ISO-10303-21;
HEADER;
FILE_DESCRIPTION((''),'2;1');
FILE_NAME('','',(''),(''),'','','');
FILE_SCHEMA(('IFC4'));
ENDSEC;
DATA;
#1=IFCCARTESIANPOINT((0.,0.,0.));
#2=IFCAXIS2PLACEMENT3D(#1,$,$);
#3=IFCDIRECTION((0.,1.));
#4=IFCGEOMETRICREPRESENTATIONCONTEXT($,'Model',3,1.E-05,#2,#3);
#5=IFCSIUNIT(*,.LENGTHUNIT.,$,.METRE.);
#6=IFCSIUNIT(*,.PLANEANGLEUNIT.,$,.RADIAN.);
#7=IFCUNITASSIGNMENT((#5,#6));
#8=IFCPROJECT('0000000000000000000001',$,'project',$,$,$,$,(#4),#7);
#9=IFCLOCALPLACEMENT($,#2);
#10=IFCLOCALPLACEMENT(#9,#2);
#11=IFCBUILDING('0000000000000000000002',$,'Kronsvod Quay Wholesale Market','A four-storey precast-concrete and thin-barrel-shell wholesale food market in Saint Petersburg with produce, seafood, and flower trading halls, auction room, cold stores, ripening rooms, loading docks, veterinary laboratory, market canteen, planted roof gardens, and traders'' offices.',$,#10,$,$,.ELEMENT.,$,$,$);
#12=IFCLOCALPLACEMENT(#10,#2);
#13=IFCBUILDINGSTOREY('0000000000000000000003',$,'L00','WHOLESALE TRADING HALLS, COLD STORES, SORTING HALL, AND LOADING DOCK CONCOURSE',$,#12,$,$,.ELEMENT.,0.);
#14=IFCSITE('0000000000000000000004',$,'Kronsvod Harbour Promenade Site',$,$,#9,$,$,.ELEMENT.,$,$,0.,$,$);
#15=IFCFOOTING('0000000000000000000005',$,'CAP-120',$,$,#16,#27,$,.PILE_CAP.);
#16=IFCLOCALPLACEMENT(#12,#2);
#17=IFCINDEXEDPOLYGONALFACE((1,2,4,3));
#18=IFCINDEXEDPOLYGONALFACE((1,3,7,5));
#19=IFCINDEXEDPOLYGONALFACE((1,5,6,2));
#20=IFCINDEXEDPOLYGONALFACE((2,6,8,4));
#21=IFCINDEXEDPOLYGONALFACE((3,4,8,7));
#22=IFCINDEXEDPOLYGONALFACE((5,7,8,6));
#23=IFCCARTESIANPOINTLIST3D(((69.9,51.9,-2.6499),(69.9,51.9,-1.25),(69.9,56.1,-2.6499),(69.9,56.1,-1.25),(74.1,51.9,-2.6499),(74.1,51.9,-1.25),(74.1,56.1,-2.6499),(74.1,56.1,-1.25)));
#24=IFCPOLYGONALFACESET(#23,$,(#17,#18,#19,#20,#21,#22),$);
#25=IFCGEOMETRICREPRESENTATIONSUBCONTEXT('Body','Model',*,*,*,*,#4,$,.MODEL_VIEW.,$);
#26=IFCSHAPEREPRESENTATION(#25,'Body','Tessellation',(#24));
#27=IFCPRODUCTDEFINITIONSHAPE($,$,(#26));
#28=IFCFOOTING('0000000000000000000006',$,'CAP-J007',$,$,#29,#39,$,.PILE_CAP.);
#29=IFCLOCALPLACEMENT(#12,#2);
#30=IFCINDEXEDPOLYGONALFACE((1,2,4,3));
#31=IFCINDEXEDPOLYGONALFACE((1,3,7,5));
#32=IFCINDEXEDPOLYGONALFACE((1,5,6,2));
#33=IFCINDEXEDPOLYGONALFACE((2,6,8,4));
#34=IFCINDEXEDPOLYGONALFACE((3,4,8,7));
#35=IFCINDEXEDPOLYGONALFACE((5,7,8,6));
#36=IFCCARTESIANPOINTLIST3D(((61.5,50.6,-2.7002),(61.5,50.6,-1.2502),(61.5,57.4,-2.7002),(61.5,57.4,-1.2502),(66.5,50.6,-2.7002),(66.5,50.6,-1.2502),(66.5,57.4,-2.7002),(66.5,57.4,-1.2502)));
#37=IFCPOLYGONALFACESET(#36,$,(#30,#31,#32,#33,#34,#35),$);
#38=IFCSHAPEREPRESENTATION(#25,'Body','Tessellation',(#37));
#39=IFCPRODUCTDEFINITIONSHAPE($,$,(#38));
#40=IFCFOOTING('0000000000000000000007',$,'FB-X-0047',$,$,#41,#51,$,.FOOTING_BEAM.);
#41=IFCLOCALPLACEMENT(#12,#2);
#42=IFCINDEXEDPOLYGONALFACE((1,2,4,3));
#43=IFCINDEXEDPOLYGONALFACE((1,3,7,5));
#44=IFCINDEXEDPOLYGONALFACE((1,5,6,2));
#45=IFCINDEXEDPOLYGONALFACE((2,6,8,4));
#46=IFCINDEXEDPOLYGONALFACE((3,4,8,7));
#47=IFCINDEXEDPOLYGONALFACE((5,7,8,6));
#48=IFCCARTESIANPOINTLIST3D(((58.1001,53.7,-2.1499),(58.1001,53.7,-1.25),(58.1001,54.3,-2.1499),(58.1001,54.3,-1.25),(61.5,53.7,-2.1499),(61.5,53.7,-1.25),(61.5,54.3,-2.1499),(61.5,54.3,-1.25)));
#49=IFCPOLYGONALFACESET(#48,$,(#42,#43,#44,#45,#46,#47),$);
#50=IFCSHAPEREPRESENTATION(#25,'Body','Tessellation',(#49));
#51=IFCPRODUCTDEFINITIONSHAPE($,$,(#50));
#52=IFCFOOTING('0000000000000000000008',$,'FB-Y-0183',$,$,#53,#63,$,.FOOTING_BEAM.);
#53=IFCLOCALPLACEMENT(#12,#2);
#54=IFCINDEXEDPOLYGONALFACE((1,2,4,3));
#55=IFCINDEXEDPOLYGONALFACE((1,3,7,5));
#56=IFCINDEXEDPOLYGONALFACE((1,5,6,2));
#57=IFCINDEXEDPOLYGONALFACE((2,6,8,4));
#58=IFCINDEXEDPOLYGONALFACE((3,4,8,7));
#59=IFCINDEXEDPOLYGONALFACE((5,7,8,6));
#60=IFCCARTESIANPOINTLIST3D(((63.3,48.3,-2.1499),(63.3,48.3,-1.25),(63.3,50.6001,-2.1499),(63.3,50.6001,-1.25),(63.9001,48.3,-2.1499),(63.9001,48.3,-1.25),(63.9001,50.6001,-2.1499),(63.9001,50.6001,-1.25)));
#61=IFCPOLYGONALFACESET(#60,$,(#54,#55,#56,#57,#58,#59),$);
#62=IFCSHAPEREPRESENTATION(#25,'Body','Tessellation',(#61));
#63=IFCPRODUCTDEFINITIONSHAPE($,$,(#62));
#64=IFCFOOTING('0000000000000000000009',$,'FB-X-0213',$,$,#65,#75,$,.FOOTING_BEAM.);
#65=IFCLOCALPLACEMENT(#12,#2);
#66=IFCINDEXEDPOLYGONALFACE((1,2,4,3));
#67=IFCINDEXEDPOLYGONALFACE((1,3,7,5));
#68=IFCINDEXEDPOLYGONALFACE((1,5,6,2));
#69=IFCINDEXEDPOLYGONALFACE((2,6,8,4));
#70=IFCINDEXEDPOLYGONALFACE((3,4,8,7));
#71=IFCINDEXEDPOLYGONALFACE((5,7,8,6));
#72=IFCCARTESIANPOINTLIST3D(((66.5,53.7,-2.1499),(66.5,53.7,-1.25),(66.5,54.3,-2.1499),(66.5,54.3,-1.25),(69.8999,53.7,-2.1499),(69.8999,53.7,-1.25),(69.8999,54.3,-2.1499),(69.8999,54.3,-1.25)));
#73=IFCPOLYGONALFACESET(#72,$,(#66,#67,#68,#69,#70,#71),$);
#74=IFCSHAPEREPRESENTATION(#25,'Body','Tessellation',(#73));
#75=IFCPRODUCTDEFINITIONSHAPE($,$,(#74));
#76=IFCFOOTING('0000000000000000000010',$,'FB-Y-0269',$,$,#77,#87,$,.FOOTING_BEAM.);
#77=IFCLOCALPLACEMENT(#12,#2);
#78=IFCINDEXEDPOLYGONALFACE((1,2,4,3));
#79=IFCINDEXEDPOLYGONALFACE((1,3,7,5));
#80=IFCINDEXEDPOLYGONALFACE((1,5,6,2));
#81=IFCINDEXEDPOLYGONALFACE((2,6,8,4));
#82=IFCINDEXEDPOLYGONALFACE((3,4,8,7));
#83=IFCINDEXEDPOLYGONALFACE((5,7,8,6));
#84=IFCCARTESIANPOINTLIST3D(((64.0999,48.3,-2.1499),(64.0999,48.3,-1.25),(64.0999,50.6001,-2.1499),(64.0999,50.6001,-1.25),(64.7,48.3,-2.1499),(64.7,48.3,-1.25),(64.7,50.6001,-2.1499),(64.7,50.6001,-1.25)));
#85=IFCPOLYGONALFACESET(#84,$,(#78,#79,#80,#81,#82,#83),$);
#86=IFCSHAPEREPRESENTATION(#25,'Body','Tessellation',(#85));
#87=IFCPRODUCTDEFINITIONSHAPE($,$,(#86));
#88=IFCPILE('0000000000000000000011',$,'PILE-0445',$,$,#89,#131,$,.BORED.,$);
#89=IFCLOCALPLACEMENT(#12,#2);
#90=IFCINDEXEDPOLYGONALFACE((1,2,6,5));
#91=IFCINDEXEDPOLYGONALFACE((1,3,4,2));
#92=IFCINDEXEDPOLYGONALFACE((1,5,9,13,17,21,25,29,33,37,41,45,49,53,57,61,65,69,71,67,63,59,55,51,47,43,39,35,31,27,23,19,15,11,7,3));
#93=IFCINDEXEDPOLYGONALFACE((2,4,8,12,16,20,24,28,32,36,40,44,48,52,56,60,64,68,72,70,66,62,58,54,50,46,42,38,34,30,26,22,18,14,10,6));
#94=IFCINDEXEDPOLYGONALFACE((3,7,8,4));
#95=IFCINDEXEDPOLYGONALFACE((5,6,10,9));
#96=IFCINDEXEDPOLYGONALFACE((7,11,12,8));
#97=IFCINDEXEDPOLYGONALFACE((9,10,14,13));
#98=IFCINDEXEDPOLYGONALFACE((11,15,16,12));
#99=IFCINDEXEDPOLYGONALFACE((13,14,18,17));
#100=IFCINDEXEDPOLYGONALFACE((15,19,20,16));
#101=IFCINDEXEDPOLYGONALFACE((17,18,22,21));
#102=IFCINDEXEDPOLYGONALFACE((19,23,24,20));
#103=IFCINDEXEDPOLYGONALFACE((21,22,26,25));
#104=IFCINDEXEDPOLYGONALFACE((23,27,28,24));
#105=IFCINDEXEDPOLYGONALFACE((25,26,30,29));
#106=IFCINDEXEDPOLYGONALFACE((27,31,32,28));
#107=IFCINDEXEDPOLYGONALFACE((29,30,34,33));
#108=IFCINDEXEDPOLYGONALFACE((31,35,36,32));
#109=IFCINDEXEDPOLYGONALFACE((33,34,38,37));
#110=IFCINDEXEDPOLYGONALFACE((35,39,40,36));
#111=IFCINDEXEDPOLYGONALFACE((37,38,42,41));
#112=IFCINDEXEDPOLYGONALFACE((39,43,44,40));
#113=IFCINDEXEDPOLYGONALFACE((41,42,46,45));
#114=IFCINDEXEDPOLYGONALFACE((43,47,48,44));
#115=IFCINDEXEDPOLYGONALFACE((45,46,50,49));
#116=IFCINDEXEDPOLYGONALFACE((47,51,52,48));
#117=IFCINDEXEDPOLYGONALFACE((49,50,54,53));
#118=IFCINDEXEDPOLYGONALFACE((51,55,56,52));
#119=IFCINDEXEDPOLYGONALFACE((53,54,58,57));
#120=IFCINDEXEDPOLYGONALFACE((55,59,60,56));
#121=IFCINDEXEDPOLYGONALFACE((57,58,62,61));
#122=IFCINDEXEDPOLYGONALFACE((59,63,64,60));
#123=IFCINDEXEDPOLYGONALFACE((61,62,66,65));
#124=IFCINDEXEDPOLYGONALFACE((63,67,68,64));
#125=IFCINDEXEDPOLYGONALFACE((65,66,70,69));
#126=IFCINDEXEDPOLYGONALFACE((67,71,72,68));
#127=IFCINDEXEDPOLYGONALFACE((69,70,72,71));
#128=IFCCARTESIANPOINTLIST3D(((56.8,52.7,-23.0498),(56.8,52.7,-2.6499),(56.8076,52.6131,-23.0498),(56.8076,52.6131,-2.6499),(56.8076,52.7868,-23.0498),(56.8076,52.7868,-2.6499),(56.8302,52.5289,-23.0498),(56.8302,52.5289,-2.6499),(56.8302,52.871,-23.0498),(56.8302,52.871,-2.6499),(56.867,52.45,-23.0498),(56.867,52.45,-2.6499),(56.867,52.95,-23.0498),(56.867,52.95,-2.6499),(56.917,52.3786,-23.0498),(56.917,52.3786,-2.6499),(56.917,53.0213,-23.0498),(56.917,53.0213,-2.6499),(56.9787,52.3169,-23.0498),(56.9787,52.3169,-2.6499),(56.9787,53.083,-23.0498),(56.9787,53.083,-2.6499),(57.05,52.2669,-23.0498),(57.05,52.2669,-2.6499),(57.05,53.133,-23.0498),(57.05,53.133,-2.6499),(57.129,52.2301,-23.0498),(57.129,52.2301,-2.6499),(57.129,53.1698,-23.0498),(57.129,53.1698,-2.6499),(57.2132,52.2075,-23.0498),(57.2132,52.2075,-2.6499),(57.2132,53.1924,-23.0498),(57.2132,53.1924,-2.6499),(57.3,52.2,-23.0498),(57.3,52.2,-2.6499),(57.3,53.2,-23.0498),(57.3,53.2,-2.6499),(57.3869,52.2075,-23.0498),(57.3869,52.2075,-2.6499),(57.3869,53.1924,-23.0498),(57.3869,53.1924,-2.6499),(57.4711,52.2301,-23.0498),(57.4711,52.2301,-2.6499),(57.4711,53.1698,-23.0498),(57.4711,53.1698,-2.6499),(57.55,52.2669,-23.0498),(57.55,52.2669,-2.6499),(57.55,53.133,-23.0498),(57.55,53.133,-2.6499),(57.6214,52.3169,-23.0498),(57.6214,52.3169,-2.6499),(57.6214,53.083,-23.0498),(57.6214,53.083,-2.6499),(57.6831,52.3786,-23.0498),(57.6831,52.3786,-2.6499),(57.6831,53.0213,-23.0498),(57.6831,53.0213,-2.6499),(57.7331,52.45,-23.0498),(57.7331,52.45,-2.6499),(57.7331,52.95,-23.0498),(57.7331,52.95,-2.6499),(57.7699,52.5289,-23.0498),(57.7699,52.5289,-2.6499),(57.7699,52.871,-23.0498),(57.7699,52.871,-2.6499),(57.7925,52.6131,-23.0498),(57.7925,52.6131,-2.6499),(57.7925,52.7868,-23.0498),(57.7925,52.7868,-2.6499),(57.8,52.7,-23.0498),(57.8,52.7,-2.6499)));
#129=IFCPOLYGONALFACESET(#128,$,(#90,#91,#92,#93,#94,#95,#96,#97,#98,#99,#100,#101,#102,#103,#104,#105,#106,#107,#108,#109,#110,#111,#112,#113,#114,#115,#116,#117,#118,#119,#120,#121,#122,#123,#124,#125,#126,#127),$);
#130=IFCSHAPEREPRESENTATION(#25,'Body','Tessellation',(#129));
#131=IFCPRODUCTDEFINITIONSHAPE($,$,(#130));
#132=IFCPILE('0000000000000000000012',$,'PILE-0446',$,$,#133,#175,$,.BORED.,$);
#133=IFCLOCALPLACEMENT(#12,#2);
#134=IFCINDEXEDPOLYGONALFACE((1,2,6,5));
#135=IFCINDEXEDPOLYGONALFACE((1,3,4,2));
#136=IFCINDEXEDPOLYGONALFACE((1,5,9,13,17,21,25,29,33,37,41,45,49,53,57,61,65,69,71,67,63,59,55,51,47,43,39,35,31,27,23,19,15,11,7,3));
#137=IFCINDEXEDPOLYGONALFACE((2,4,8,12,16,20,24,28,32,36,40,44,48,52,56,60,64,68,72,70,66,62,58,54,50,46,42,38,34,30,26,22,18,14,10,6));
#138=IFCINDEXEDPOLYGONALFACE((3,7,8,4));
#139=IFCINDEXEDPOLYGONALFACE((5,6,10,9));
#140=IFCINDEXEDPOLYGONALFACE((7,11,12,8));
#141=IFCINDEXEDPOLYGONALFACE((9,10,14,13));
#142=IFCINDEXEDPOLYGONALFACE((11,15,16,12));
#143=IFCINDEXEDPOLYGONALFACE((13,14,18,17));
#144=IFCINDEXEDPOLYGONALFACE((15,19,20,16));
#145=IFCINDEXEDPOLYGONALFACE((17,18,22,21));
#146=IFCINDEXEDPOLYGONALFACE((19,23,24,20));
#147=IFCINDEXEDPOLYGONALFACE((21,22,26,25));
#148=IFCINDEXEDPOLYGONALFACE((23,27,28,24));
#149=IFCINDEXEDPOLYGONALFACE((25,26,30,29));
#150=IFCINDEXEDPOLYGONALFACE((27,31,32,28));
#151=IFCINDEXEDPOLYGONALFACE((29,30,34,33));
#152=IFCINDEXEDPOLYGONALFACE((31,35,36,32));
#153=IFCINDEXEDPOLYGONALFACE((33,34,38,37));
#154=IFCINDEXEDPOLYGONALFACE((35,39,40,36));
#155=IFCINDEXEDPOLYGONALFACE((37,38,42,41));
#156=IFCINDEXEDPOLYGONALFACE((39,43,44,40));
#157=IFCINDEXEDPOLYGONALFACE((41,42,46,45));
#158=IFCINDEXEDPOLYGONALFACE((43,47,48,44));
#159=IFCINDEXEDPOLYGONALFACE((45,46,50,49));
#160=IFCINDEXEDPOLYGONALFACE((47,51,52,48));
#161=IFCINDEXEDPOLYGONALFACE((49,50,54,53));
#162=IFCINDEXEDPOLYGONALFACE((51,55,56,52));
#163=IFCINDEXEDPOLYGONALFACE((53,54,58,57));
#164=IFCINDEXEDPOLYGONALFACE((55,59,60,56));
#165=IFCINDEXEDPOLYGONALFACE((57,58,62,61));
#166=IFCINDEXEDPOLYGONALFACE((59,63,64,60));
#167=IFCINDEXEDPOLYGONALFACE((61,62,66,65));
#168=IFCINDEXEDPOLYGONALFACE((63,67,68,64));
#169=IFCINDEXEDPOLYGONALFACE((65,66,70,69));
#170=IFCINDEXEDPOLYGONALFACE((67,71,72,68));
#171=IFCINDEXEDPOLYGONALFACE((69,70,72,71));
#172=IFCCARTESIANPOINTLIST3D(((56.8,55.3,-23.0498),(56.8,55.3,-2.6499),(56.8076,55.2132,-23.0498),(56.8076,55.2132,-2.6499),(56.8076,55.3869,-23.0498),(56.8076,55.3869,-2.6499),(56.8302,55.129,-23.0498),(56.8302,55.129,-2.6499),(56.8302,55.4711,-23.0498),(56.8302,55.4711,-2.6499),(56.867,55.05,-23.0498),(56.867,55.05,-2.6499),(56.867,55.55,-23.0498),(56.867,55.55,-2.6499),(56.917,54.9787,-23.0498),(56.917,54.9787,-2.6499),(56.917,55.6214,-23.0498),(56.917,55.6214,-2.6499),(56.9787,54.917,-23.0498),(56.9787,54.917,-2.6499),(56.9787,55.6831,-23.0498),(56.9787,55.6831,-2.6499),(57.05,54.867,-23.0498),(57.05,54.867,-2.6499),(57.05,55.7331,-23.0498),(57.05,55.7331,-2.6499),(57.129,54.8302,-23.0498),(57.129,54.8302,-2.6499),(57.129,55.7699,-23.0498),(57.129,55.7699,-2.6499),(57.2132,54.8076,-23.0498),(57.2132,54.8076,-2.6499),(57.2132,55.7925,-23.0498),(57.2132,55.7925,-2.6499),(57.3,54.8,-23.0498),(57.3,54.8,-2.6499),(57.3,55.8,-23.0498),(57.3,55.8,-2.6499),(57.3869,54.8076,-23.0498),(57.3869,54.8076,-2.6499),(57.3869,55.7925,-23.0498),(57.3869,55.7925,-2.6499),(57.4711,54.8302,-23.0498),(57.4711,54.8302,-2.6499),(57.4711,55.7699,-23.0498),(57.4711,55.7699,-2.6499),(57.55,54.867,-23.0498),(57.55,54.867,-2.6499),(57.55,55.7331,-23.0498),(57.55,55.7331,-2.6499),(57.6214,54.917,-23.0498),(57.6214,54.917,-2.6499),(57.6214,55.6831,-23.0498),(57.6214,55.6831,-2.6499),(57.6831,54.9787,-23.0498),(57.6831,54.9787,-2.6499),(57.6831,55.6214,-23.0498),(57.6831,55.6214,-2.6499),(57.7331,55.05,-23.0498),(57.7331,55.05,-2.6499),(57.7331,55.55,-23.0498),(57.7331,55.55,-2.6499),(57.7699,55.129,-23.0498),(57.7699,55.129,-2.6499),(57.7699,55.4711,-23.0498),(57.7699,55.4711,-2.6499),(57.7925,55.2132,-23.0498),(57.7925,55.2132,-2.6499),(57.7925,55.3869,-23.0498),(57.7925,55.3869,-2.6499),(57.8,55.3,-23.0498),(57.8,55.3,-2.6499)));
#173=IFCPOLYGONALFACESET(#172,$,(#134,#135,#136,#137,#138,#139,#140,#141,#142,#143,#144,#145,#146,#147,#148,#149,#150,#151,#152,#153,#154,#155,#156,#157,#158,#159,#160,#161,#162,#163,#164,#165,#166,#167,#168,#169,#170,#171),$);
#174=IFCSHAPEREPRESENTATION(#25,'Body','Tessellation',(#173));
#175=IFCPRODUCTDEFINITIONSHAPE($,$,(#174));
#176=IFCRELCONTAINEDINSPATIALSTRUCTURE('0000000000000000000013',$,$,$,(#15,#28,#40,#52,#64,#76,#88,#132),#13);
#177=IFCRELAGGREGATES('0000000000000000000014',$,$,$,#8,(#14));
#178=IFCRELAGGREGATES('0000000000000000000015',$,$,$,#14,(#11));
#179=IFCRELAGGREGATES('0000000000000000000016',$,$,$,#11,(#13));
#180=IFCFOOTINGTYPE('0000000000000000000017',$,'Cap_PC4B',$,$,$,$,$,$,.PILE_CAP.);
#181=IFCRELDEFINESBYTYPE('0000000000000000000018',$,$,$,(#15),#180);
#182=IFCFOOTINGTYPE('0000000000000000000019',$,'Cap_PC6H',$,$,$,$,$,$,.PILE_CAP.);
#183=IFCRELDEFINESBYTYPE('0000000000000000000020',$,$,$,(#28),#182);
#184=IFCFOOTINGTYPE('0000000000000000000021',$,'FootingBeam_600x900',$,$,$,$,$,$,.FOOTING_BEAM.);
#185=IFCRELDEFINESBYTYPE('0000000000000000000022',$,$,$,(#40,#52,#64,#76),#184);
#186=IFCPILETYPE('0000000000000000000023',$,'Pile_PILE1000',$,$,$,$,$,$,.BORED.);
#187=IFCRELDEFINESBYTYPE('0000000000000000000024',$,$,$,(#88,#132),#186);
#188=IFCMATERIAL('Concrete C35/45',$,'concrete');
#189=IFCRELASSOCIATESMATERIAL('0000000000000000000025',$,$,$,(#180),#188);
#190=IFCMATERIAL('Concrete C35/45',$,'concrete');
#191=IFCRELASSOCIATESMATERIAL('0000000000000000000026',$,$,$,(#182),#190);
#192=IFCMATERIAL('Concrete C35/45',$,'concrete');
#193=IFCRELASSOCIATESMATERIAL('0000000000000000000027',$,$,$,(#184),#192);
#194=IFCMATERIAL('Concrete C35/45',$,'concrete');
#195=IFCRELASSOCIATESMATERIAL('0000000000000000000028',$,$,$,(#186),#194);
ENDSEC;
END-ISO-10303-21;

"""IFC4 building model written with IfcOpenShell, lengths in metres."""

from ifc_helpers import new_model, si_unit, direction, frame, origin, origin_2d, place, context, subcontext, project, spatial, rectangle, circle, extrude, material, material_profile, profile_set, type_object, element, save


model = new_model("IFC4")

# Units and contexts
model_context = context("Model", 3, precision=1e-05, world=origin(), true_north=direction((0.0, 1.0)))
body_context = subcontext(model_context, "Body", "Model", "MODEL_VIEW")
ifc_project = project(units=[si_unit("LENGTHUNIT", "METRE"), si_unit("PLANEANGLEUNIT", "RADIAN")], contexts=[model_context])

# Site, building, storey
site_placement = place(None, origin())
site = spatial("IfcSite", under=ifc_project, at=site_placement, Name="Kronsvod Harbour Promenade Site", CompositionType="ELEMENT", RefElevation=0.0)
building_placement = place(site_placement, origin())
building = spatial("IfcBuilding", under=site, at=building_placement, Name="Kronsvod Quay Wholesale Market", Description="A four-storey precast-concrete and thin-barrel-shell wholesale food market in Saint Petersburg with produce, seafood, and flower trading halls, auction room, cold stores, ripening rooms, loading docks, veterinary laboratory, market canteen, planted roof gardens, and traders' offices.", CompositionType="ELEMENT")
storey_placement = place(building_placement, origin())
storey = spatial("IfcBuildingStorey", under=building, at=storey_placement, Name="L00", Description="WHOLESALE TRADING HALLS, COLD STORES, SORTING HALL, AND LOADING DOCK CONCOURSE", CompositionType="ELEMENT", Elevation=0.0)

# Footings
ifc_material_1 = material(Name="Concrete C35/45", Category="concrete")
footing_type_1 = type_object("IfcFootingType", Name="Cap_PC4B", PredefinedType="PILE_CAP", material=ifc_material_1)
footing_1_placement = place(storey_placement, frame((72.0, 54.0, -2.6499), z_axis=(0.0, 0.0, 1.0), x_axis=(1.0, 0.0, 0.0)))
element("IfcFooting", 1, at=footing_1_placement, inside=storey, type_object=footing_type_1, Name="CAP-120", PredefinedType="PILE_CAP", context=body_context, shape_type="SweptSolid", body=[
    extrude(rectangle(XDim=4.2, YDim=4.2, at=origin_2d()), origin(), (0.0, 0.0, 1.0), 1.3999),
])
ifc_material_2 = material(Name="Concrete C35/45", Category="concrete")
footing_type_2 = type_object("IfcFootingType", Name="Cap_PC6H", PredefinedType="PILE_CAP", material=ifc_material_2)
footing_2_placement = place(storey_placement, frame((64.0, 54.0, -2.7002), z_axis=(0.0, 0.0, 1.0), x_axis=(1.0, 0.0, 0.0)))
element("IfcFooting", 2, at=footing_2_placement, inside=storey, type_object=footing_type_2, Name="CAP-J007", PredefinedType="PILE_CAP", context=body_context, shape_type="SweptSolid", body=[
    extrude(rectangle(XDim=5.0, YDim=6.8, at=origin_2d()), origin(), (0.0, 0.0, 1.0), 1.45),
])
ifc_material_3 = material(Name="Concrete C35/45", Category="concrete")
ifc_material_profile_1 = material_profile(ifc_material_3, rectangle(XDim=0.6001, YDim=0.8999, at=origin_2d()), Name="FB-02")
ifc_profile_set_1 = profile_set([ifc_material_profile_1], Name="Concrete C35/45")
footing_type_3 = type_object("IfcFootingType", Name="FootingBeam_600x900", PredefinedType="FOOTING_BEAM", material=ifc_profile_set_1)
footing_3_placement = place(storey_placement, frame((58.1001, 54.0, -1.7), z_axis=(1.0, 0.0, 0.0), x_axis=(0.0, 1.0, 0.0)))
element("IfcFooting", 3, at=footing_3_placement, inside=storey, type_object=footing_type_3, Name="FB-X-0047", PredefinedType="FOOTING_BEAM", context=body_context, shape_type="SweptSolid", body=[
    extrude(rectangle(XDim=0.6001, YDim=0.8999, at=origin_2d()), origin(), (0.0, 0.0, 1.0), 3.3999),
])
footing_4_placement = place(storey_placement, frame((63.6001, 48.3, -1.7), z_axis=(0.0, 1.0, 0.0), x_axis=(-1.0, 0.0, 0.0)))
element("IfcFooting", 4, at=footing_4_placement, inside=storey, type_object=footing_type_3, Name="FB-Y-0183", PredefinedType="FOOTING_BEAM", context=body_context, shape_type="SweptSolid", body=[
    extrude(rectangle(XDim=0.6001, YDim=0.8999, at=origin_2d()), origin(), (0.0, 0.0, 1.0), 2.3),
])
footing_5_placement = place(storey_placement, frame((66.5, 54.0, -1.7), z_axis=(1.0, 0.0, 0.0), x_axis=(0.0, 1.0, 0.0)))
element("IfcFooting", 5, at=footing_5_placement, inside=storey, type_object=footing_type_3, Name="FB-X-0213", PredefinedType="FOOTING_BEAM", context=body_context, shape_type="SweptSolid", body=[
    extrude(rectangle(XDim=0.6001, YDim=0.8999, at=origin_2d()), origin(), (0.0, 0.0, 1.0), 3.3999),
])
footing_6_placement = place(storey_placement, frame((64.3999, 48.3, -1.7), z_axis=(0.0, 1.0, 0.0), x_axis=(-1.0, 0.0, 0.0)))
element("IfcFooting", 6, at=footing_6_placement, inside=storey, type_object=footing_type_3, Name="FB-Y-0269", PredefinedType="FOOTING_BEAM", context=body_context, shape_type="SweptSolid", body=[
    extrude(rectangle(XDim=0.6001, YDim=0.8999, at=origin_2d()), origin(), (0.0, 0.0, 1.0), 2.3),
])

# Piles
ifc_material_4 = material(Name="Concrete C35/45", Category="concrete")
ifc_material_profile_2 = material_profile(ifc_material_4, circle(Radius=0.5, at=origin_2d()), Name="PILE1000")
ifc_profile_set_2 = profile_set([ifc_material_profile_2], Name="Concrete C35/45")
pile_type_1 = type_object("IfcPileType", Name="Pile_PILE1000", PredefinedType="BORED", material=ifc_profile_set_2)
for number, where, z_axis, x_axis, name in (
    (7, (57.3, 52.7, -2.6499), (0.0, 0.0, -1.0), (1.0, 0.0, 0.0), "PILE-0445"),
    (8, (57.3, 55.3, -2.6499), (0.0, 0.0, -1.0), (1.0, 0.0, 0.0), "PILE-0446"),
):
    element("IfcPile", number, at=place(storey_placement, frame(where, z_axis=z_axis, x_axis=x_axis)), inside=storey, type_object=pile_type_1, Name=name, PredefinedType="BORED", context=body_context, shape_type="SweptSolid", body=[
        extrude(circle(Radius=0.5, at=origin_2d()), origin(), (0.0, 0.0, 1.0), 20.3999),
    ])

save(model, "model.ifc")
